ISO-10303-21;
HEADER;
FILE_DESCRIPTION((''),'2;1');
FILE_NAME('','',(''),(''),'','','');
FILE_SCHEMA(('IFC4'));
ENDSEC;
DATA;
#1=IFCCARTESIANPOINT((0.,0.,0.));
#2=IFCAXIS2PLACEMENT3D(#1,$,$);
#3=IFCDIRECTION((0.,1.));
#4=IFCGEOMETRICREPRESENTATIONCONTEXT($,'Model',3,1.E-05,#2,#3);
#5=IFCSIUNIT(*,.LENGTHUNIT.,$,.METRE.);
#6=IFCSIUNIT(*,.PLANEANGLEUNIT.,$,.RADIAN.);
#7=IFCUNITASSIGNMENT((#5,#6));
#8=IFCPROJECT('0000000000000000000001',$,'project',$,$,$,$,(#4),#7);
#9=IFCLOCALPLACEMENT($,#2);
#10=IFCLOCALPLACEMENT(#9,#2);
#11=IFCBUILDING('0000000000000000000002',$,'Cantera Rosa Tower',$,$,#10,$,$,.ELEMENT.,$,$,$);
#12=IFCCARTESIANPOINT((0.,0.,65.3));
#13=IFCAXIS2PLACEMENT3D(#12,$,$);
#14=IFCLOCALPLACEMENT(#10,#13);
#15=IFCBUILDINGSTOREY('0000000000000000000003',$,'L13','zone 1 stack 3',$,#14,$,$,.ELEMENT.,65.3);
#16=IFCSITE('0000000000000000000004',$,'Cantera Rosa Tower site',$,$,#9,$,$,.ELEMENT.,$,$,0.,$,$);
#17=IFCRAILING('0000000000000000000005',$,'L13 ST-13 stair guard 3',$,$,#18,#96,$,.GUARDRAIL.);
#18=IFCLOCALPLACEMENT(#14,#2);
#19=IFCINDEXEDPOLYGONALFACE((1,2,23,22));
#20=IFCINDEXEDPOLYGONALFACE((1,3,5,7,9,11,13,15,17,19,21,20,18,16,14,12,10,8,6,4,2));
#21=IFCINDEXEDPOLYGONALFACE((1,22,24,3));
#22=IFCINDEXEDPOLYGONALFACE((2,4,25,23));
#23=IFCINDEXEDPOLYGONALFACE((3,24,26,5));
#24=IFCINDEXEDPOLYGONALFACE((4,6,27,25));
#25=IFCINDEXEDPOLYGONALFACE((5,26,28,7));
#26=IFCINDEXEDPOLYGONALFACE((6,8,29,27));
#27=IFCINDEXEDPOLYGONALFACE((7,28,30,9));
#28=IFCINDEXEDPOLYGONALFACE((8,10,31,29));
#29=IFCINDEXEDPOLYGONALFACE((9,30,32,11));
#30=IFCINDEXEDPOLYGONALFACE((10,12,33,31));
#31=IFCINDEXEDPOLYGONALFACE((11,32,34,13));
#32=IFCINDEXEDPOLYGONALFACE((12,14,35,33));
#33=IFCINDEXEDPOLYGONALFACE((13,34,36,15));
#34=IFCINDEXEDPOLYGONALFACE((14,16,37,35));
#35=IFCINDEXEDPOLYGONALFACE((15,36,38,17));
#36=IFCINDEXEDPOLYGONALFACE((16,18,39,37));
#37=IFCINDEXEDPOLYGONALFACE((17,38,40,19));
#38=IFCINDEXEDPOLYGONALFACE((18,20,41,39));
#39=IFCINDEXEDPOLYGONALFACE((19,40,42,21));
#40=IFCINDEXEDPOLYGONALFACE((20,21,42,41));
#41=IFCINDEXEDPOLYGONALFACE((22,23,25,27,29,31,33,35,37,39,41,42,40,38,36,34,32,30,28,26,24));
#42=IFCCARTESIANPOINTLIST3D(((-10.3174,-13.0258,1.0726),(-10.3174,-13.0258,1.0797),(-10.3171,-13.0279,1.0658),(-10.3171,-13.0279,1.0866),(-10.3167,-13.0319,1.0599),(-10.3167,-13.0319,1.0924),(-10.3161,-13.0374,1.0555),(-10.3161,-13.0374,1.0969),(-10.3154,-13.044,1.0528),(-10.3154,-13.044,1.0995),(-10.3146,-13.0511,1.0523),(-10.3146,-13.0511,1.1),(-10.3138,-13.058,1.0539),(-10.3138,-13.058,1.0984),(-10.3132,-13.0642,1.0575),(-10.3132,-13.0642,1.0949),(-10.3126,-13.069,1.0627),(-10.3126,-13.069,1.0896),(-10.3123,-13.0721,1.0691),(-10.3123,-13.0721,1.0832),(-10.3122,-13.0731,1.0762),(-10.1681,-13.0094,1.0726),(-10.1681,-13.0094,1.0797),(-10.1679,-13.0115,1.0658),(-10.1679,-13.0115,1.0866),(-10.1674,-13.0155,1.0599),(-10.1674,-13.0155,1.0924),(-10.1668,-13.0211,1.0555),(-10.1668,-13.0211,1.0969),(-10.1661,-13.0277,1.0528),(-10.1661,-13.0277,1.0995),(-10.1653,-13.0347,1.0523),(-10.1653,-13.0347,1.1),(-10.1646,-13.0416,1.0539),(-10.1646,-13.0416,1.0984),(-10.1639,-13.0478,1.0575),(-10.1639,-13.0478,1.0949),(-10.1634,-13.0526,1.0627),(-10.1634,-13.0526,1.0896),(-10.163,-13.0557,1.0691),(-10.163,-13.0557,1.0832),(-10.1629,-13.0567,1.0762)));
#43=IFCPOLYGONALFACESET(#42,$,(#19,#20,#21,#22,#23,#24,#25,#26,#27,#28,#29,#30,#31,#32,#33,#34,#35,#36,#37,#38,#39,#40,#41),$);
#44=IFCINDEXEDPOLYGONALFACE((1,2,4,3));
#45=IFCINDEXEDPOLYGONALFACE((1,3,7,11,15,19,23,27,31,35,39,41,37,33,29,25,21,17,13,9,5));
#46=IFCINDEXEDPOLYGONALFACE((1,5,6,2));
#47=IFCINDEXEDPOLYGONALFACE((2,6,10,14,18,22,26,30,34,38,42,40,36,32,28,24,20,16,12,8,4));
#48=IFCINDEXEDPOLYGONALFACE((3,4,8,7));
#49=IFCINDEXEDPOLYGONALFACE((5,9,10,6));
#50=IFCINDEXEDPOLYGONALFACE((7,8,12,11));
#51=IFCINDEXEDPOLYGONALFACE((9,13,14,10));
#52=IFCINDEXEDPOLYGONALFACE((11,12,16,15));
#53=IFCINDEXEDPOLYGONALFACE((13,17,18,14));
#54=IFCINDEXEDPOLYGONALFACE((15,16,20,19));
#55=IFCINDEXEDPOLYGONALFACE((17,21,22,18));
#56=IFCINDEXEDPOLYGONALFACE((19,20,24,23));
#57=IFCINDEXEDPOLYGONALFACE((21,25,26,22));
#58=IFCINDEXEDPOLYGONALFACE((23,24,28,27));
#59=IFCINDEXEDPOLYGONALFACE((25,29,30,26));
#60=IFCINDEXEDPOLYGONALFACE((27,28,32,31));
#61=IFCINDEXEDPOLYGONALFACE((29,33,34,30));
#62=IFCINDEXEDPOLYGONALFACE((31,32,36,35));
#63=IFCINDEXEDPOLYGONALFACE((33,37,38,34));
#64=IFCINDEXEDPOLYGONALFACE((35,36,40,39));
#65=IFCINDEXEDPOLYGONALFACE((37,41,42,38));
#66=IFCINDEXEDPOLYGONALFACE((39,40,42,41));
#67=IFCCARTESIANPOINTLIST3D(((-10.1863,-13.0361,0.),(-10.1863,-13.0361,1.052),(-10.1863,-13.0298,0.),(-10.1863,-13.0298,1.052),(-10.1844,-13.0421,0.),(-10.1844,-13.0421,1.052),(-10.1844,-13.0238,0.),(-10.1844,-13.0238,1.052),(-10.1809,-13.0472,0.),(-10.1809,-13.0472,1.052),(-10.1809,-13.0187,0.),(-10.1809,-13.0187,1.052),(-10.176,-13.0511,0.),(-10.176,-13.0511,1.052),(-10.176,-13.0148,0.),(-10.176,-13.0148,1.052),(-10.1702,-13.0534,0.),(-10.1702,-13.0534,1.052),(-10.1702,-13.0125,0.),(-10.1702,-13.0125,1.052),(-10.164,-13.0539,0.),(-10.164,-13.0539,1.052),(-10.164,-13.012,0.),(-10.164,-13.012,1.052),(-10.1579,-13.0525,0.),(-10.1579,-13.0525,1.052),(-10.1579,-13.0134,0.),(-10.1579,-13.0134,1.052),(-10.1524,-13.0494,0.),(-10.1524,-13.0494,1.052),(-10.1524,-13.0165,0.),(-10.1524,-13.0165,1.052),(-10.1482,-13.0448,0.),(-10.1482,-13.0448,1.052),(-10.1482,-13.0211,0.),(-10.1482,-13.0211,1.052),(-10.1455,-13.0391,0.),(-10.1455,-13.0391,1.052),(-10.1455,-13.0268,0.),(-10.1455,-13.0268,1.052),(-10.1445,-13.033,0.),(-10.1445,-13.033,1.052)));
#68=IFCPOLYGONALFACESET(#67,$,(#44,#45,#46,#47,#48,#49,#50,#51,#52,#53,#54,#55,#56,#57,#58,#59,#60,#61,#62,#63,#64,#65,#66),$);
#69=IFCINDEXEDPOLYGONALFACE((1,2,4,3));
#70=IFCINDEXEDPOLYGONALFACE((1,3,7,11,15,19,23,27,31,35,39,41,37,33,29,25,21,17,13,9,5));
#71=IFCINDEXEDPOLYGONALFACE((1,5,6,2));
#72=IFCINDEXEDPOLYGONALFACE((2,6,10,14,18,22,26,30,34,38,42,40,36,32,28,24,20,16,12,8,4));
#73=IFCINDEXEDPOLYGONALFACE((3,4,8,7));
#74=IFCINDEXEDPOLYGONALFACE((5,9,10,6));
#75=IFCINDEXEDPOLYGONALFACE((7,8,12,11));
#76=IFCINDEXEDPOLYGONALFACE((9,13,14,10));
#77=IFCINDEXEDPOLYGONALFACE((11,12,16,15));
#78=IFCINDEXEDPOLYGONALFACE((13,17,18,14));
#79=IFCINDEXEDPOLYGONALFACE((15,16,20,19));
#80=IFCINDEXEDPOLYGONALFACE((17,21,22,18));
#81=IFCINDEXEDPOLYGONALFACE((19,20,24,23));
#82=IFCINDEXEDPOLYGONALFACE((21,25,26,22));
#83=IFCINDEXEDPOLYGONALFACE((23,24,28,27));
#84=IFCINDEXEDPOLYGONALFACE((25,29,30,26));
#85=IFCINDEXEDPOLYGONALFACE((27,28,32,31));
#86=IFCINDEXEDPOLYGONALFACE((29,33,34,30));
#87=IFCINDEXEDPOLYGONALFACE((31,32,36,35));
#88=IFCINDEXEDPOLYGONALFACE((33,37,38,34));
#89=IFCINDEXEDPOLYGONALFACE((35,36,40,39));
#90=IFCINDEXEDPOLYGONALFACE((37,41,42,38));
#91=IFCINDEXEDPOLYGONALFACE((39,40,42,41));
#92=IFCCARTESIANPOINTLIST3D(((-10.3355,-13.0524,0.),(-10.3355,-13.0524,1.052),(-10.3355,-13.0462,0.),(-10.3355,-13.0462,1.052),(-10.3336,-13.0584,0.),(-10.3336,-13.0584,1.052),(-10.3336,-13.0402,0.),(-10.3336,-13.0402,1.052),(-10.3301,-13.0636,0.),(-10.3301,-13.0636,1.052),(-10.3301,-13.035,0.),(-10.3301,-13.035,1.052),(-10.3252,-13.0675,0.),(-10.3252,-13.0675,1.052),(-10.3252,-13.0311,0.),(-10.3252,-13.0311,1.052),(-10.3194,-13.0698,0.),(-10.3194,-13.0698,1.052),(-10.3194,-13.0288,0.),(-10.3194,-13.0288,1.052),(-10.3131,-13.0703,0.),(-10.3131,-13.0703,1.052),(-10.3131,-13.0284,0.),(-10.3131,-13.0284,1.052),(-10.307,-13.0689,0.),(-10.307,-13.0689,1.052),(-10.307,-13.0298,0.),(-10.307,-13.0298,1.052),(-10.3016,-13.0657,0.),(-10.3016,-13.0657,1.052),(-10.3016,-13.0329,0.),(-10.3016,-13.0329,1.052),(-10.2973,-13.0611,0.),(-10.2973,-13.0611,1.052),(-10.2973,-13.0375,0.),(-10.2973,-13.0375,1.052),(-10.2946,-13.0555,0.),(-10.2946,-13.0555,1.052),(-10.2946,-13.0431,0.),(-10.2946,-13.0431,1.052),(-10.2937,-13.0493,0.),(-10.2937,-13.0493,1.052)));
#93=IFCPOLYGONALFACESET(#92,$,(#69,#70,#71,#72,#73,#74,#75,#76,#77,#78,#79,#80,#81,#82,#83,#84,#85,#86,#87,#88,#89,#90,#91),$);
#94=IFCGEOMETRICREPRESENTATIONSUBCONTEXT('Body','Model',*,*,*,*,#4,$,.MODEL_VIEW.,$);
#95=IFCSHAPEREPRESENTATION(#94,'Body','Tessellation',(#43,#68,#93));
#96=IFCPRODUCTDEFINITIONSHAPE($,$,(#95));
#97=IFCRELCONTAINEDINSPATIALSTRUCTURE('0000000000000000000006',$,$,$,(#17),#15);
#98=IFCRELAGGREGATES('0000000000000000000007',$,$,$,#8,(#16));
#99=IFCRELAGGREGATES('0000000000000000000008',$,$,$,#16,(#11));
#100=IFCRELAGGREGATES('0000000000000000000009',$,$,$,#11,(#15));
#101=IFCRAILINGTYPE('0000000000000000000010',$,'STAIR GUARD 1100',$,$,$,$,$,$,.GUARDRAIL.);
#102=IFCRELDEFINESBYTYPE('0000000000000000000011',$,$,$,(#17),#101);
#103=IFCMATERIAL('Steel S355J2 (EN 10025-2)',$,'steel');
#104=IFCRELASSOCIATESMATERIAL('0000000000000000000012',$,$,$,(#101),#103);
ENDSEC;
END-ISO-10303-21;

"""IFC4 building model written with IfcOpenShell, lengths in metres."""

from ifc_helpers import new_model, si_unit, direction, frame, origin, origin_2d, place, context, subcontext, project, spatial, circle, extrude, material, type_object, element, save


model = new_model("IFC4")

# Units and contexts
model_context = context("Model", 3, precision=1e-05, world=origin(), true_north=direction((0.0, 1.0)))
body_context = subcontext(model_context, "Body", "Model", "MODEL_VIEW")
ifc_project = project(units=[si_unit("LENGTHUNIT", "METRE"), si_unit("PLANEANGLEUNIT", "RADIAN")], contexts=[model_context])

# Site, building, storey
site_placement = place(None, origin())
site = spatial("IfcSite", under=ifc_project, at=site_placement, Name="Cantera Rosa Tower site", CompositionType="ELEMENT", RefElevation=0.0)
building_placement = place(site_placement, origin())
building = spatial("IfcBuilding", under=site, at=building_placement, Name="Cantera Rosa Tower", CompositionType="ELEMENT")
storey_placement = place(building_placement, frame((0.0, 0.0, 65.3)))
storey = spatial("IfcBuildingStorey", under=building, at=storey_placement, Name="L13", Description="zone 1 stack 3", CompositionType="ELEMENT", Elevation=65.3)

# Railing
ifc_material_1 = material(Name="Steel S355J2 (EN 10025-2)", Category="steel")
railing_type_1 = type_object("IfcRailingType", Name="STAIR GUARD 1100", PredefinedType="GUARDRAIL", material=ifc_material_1)
railing_1_placement = place(storey_placement, frame((-10.1655, -13.033, 0.0)))
element("IfcRailing", 1, at=railing_1_placement, inside=storey, type_object=railing_type_1, Name="L13 ST-13 stair guard 3", PredefinedType="GUARDRAIL", context=body_context, shape_type="SweptSolid", body=[
    extrude(circle(Radius=0.0239, at=origin_2d()), frame((0.0, 0.0, 1.0762), z_axis=(-0.994041, -0.109003, 0.0), x_axis=(0.109003, -0.994041, 0.0)), (0.0, 0.0, 1.0), 0.1501),
    extrude(circle(Radius=0.021, at=origin_2d()), origin(), (0.0, 0.0, 1.0), 1.052),
    extrude(circle(Radius=0.021, at=origin_2d()), frame((-0.1492, -0.0164, 0.0)), (0.0, 0.0, 1.0), 1.052),
])

save(model, "model.ifc")
